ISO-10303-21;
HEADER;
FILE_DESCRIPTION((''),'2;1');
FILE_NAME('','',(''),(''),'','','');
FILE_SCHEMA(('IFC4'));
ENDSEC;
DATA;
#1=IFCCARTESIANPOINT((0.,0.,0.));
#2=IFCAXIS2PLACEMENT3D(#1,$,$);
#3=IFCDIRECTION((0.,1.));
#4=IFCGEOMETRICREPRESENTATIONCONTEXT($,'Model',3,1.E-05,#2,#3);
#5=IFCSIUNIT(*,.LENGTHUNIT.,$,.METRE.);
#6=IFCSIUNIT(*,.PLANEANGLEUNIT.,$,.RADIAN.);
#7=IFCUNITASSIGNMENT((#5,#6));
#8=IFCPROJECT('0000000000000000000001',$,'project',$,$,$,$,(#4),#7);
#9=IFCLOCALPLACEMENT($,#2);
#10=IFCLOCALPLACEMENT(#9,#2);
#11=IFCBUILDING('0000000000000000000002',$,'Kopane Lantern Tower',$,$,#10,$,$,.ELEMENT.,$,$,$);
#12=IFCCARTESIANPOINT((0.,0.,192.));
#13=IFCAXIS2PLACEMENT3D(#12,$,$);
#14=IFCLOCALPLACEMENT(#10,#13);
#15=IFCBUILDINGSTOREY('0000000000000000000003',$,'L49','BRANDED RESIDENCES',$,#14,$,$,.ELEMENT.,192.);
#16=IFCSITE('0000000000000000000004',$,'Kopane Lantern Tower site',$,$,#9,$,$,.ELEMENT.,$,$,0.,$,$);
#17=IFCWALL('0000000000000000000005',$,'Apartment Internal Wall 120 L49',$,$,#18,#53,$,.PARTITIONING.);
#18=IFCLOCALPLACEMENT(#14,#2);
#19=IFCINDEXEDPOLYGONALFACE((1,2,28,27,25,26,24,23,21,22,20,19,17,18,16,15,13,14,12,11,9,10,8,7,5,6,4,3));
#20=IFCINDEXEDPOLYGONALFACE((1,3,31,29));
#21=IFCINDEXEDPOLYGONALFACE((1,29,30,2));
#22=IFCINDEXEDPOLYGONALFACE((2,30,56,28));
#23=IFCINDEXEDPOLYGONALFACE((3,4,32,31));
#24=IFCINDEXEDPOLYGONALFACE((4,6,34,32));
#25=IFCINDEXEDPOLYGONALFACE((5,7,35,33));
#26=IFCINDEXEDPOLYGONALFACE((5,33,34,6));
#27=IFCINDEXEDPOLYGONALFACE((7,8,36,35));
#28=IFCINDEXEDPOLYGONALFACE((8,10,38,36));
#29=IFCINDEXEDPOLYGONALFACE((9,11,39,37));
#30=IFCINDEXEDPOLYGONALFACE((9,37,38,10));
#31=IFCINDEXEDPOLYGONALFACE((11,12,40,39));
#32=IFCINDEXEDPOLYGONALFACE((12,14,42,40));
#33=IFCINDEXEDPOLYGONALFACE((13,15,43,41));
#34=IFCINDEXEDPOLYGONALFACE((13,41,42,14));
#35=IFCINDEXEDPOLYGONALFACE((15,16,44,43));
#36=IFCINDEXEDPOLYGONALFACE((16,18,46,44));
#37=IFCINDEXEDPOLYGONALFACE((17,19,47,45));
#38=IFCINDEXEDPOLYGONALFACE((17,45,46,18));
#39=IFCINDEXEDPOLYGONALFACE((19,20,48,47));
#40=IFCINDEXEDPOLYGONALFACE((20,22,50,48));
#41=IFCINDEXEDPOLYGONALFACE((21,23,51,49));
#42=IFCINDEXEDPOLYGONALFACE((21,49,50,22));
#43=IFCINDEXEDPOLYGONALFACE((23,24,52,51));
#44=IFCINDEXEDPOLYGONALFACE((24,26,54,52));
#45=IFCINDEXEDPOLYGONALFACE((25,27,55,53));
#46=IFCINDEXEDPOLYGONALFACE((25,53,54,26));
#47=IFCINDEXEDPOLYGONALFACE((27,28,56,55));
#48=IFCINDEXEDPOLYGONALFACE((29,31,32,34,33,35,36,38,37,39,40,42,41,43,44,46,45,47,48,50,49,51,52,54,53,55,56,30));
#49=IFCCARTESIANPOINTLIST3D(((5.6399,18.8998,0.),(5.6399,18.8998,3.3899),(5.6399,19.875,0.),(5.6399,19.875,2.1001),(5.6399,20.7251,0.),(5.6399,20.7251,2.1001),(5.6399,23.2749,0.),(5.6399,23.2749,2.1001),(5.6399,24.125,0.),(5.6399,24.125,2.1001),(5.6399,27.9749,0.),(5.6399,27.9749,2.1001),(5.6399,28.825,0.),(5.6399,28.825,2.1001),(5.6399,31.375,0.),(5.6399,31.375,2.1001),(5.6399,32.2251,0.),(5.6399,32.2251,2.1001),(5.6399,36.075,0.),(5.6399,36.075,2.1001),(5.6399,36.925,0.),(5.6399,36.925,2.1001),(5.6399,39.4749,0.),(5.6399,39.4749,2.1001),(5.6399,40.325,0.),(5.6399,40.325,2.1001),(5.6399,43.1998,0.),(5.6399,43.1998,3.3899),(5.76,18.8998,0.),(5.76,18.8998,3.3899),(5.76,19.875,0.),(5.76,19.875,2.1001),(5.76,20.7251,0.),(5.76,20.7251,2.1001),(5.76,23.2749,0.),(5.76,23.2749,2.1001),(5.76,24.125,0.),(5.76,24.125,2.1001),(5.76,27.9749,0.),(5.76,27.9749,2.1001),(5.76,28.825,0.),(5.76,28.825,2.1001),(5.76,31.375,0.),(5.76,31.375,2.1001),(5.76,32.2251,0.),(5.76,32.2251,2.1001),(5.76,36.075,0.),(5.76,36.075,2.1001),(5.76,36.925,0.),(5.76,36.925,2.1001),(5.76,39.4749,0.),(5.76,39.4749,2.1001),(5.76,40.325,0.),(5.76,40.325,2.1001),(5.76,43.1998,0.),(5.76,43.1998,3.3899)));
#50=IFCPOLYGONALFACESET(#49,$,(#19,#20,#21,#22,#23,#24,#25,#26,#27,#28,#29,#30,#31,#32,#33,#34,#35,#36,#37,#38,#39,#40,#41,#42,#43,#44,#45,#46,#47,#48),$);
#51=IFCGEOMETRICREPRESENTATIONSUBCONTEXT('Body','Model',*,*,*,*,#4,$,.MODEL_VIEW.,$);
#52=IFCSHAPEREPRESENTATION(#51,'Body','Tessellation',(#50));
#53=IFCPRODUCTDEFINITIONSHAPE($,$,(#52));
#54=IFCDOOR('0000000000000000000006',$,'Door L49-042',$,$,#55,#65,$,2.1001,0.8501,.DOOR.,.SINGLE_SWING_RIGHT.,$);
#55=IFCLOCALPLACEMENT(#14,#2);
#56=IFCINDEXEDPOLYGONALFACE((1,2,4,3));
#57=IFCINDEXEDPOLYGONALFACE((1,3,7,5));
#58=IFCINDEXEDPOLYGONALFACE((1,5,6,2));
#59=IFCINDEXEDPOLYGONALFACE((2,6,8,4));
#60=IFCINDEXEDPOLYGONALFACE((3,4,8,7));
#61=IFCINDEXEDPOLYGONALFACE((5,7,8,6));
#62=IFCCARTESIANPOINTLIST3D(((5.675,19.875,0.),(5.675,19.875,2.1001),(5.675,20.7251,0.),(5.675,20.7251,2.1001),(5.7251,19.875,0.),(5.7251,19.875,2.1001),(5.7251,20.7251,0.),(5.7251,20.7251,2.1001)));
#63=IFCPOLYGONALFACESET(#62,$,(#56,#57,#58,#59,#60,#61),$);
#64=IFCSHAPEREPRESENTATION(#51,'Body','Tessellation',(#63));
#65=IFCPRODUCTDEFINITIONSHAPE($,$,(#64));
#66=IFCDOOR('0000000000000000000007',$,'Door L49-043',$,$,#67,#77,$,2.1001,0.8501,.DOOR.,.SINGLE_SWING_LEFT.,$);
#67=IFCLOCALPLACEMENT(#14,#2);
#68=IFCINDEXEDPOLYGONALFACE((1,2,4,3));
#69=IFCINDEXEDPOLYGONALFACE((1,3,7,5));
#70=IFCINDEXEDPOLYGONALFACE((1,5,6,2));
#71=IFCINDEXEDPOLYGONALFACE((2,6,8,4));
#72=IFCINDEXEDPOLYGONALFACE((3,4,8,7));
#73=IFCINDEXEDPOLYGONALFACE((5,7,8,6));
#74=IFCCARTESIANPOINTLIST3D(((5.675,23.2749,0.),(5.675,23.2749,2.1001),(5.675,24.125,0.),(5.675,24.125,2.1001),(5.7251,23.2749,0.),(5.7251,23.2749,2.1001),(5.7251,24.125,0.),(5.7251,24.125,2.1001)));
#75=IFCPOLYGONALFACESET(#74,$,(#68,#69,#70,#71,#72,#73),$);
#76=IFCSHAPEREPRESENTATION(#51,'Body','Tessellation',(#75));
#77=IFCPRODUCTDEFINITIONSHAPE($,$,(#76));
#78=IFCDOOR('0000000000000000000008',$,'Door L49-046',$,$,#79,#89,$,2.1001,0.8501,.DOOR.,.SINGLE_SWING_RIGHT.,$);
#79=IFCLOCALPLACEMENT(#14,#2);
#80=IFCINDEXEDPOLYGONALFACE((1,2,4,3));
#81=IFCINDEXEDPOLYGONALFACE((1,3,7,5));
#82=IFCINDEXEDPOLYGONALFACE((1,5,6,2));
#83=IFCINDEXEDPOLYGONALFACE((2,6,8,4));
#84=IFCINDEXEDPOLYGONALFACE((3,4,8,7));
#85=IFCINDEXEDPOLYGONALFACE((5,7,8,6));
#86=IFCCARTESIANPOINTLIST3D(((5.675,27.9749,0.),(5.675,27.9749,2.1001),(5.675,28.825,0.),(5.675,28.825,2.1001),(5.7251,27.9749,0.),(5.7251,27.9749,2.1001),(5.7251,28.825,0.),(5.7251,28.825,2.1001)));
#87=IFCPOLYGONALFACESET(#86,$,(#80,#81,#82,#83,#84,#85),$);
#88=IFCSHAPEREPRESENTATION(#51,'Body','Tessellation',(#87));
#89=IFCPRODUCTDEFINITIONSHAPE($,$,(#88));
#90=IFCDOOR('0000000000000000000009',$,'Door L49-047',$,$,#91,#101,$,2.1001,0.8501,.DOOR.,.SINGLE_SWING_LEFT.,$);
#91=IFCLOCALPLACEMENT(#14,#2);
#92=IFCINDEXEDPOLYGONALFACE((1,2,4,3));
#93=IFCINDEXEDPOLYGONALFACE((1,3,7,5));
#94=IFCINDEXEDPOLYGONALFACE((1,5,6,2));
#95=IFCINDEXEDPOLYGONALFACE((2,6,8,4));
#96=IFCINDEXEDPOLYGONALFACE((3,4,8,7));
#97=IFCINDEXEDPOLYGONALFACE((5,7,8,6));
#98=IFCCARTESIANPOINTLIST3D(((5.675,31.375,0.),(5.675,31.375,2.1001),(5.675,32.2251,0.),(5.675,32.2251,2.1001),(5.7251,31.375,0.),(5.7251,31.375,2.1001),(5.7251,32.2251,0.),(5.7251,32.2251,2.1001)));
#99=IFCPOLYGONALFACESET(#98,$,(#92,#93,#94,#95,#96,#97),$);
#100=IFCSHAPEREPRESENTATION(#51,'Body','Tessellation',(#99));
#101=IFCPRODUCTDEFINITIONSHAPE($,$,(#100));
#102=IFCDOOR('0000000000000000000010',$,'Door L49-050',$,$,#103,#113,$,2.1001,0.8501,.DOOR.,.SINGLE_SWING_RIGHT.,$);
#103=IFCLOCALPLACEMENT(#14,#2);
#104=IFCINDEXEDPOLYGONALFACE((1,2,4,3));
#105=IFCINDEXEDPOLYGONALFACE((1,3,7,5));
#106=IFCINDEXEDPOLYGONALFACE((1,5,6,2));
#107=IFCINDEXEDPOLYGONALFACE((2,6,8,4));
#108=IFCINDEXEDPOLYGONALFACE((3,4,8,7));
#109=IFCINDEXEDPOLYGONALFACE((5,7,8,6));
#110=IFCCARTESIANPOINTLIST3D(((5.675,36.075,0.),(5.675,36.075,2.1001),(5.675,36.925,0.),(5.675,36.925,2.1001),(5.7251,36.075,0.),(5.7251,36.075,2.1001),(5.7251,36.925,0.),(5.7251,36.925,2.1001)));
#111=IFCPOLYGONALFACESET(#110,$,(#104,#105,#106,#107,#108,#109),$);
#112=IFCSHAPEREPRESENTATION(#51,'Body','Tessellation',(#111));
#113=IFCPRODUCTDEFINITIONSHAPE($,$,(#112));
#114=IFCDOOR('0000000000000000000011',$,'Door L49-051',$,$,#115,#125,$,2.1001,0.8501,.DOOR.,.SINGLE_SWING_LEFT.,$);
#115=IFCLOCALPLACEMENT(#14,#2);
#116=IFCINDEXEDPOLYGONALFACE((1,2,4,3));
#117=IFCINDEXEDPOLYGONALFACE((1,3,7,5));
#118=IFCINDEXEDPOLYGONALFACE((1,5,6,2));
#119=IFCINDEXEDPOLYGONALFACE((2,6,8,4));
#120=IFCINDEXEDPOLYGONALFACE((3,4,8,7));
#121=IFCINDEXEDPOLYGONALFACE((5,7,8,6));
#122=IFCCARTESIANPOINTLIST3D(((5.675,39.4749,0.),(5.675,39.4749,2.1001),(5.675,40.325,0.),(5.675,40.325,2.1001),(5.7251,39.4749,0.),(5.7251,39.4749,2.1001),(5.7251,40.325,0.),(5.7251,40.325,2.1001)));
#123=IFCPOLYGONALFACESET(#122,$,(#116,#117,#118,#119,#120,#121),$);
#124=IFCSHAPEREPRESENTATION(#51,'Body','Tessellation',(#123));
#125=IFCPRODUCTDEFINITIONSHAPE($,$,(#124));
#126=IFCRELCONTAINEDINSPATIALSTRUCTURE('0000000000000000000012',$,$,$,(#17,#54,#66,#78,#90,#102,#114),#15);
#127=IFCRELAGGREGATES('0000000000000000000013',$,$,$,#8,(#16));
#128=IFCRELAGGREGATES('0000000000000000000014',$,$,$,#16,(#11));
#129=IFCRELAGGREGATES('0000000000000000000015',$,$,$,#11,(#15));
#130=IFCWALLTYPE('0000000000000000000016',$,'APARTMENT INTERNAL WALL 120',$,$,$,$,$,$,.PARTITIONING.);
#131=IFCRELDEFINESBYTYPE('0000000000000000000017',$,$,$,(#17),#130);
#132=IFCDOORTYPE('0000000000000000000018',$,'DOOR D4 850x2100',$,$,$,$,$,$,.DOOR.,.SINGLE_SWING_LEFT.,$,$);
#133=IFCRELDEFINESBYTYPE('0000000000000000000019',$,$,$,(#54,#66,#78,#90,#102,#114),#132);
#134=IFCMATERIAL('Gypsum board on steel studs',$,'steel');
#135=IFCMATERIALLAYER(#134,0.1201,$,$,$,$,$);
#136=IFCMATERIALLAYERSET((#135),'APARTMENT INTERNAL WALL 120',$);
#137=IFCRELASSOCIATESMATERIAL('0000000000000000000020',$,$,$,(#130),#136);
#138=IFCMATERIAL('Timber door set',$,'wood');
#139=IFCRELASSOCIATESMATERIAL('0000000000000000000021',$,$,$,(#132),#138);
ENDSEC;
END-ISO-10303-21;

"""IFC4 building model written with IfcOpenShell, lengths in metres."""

from ifc_helpers import new_model, si_unit, direction, frame, frame_2d, origin, place, context, subcontext, project, spatial, rectangle, extrude, material, layer, layer_set, type_object, element, fill, save


model = new_model("IFC4")

# Units and contexts
model_context = context("Model", 3, precision=1e-05, world=origin(), true_north=direction((0.0, 1.0)))
body_context = subcontext(model_context, "Body", "Model", "MODEL_VIEW")
ifc_project = project(units=[si_unit("LENGTHUNIT", "METRE"), si_unit("PLANEANGLEUNIT", "RADIAN")], contexts=[model_context])

# Site, building, storey
site_placement = place(None, origin())
site = spatial("IfcSite", under=ifc_project, at=site_placement, Name="Kopane Lantern Tower site", CompositionType="ELEMENT", RefElevation=0.0)
building_placement = place(site_placement, origin())
building = spatial("IfcBuilding", under=site, at=building_placement, Name="Kopane Lantern Tower", CompositionType="ELEMENT")
storey_placement = place(building_placement, frame((0.0, 0.0, 192.0)))
storey = spatial("IfcBuildingStorey", under=building, at=storey_placement, Name="L49", Description="BRANDED RESIDENCES", CompositionType="ELEMENT", Elevation=192.0)

# Wall, openings, doors
ifc_material_1 = material(Name="Gypsum board on steel studs", Category="steel")
ifc_layer_1 = layer(ifc_material_1, 0.1201)
ifc_layer_set_1 = layer_set([ifc_layer_1], Name="APARTMENT INTERNAL WALL 120")
wall_type_1 = type_object("IfcWallType", Name="APARTMENT INTERNAL WALL 120", PredefinedType="PARTITIONING", material=ifc_layer_set_1)
wall_1_placement = place(storey_placement, frame((5.7, 18.8999, 0.0), z_axis=(0.0, 0.0, 1.0), x_axis=(0.0, 1.0, 0.0)))
wall_1 = element("IfcWall", 1, at=wall_1_placement, inside=storey, type_object=wall_type_1, Name="Apartment Internal Wall 120 L49", PredefinedType="PARTITIONING", context=body_context, shape_type="SweptSolid", body=[
    extrude(rectangle(XDim=24.3, YDim=0.1201, at=frame_2d((12.1499, 0.0))), origin(), (0.0, 0.0, 1.0), 3.3899),
])
opening_1_placement = place(wall_1_placement, frame((0.9751, 0.0, 0.0)))
opening_1 = element("IfcOpeningElement", 2, at=opening_1_placement, cuts=wall_1, PredefinedType="OPENING", context=body_context, shape_type="SweptSolid", body=[
    extrude(rectangle(XDim=0.8501, YDim=2.1001, at=frame_2d((0.425, 1.05))), frame((0.0, 0.0701, 0.0), z_axis=(0.0, -1.0, 0.0), x_axis=(1.0, 0.0, 0.0)), (0.0, 0.0, 1.0), 0.1401),
])
opening_2_placement = place(wall_1_placement, frame((4.375, 0.0, 0.0)))
opening_2 = element("IfcOpeningElement", 3, at=opening_2_placement, cuts=wall_1, PredefinedType="OPENING", context=body_context, shape_type="SweptSolid", body=[
    extrude(rectangle(XDim=0.8501, YDim=2.1001, at=frame_2d((0.425, 1.05))), frame((0.0, 0.0701, 0.0), z_axis=(0.0, -1.0, 0.0), x_axis=(1.0, 0.0, 0.0)), (0.0, 0.0, 1.0), 0.1401),
])
opening_3_placement = place(wall_1_placement, frame((9.075, 0.0, 0.0)))
opening_3 = element("IfcOpeningElement", 4, at=opening_3_placement, cuts=wall_1, PredefinedType="OPENING", context=body_context, shape_type="SweptSolid", body=[
    extrude(rectangle(XDim=0.8501, YDim=2.1001, at=frame_2d((0.425, 1.05))), frame((0.0, 0.0701, 0.0), z_axis=(0.0, -1.0, 0.0), x_axis=(1.0, 0.0, 0.0)), (0.0, 0.0, 1.0), 0.1401),
])
opening_4_placement = place(wall_1_placement, frame((12.4751, 0.0, 0.0)))
opening_4 = element("IfcOpeningElement", 5, at=opening_4_placement, cuts=wall_1, PredefinedType="OPENING", context=body_context, shape_type="SweptSolid", body=[
    extrude(rectangle(XDim=0.8501, YDim=2.1001, at=frame_2d((0.425, 1.05))), frame((0.0, 0.0701, 0.0), z_axis=(0.0, -1.0, 0.0), x_axis=(1.0, 0.0, 0.0)), (0.0, 0.0, 1.0), 0.1401),
])
opening_5_placement = place(wall_1_placement, frame((17.175, 0.0, 0.0)))
opening_5 = element("IfcOpeningElement", 6, at=opening_5_placement, cuts=wall_1, PredefinedType="OPENING", context=body_context, shape_type="SweptSolid", body=[
    extrude(rectangle(XDim=0.8501, YDim=2.1001, at=frame_2d((0.425, 1.05))), frame((0.0, 0.0701, 0.0), z_axis=(0.0, -1.0, 0.0), x_axis=(1.0, 0.0, 0.0)), (0.0, 0.0, 1.0), 0.1401),
])
opening_6_placement = place(wall_1_placement, frame((20.575, 0.0, 0.0)))
opening_6 = element("IfcOpeningElement", 7, at=opening_6_placement, cuts=wall_1, PredefinedType="OPENING", context=body_context, shape_type="SweptSolid", body=[
    extrude(rectangle(XDim=0.8501, YDim=2.1001, at=frame_2d((0.425, 1.05))), frame((0.0, 0.0701, 0.0), z_axis=(0.0, -1.0, 0.0), x_axis=(1.0, 0.0, 0.0)), (0.0, 0.0, 1.0), 0.1401),
])
ifc_material_2 = material(Name="Timber door set", Category="wood")
door_type = type_object("IfcDoorType", Name="DOOR D4 850x2100", OperationType="SINGLE_SWING_LEFT", PredefinedType="DOOR", material=ifc_material_2)
door_1_placement = place(opening_1_placement, origin())
door_1 = element("IfcDoor", 8, at=door_1_placement, inside=storey, type_object=door_type, Name="Door L49-042", OperationType="SINGLE_SWING_RIGHT", OverallHeight=2.1001, OverallWidth=0.8501, PredefinedType="DOOR", context=body_context, shape_type="SweptSolid", body=[
    extrude(rectangle(XDim=0.8501, YDim=2.1001, at=frame_2d((0.425, 1.05))), frame((0.0, 0.0249, 0.0), z_axis=(0.0, -1.0, 0.0), x_axis=(1.0, 0.0, 0.0)), (0.0, 0.0, 1.0), 0.05),
])
fill(opening_1, door_1)
door_2_placement = place(opening_2_placement, origin())
door_2 = element("IfcDoor", 9, at=door_2_placement, inside=storey, type_object=door_type, Name="Door L49-043", OperationType="SINGLE_SWING_LEFT", OverallHeight=2.1001, OverallWidth=0.8501, PredefinedType="DOOR", context=body_context, shape_type="SweptSolid", body=[
    extrude(rectangle(XDim=0.8501, YDim=2.1001, at=frame_2d((0.425, 1.05))), frame((0.0, 0.0249, 0.0), z_axis=(0.0, -1.0, 0.0), x_axis=(1.0, 0.0, 0.0)), (0.0, 0.0, 1.0), 0.05),
])
fill(opening_2, door_2)
door_3_placement = place(opening_3_placement, origin())
door_3 = element("IfcDoor", 10, at=door_3_placement, inside=storey, type_object=door_type, Name="Door L49-046", OperationType="SINGLE_SWING_RIGHT", OverallHeight=2.1001, OverallWidth=0.8501, PredefinedType="DOOR", context=body_context, shape_type="SweptSolid", body=[
    extrude(rectangle(XDim=0.8501, YDim=2.1001, at=frame_2d((0.425, 1.05))), frame((0.0, 0.0249, 0.0), z_axis=(0.0, -1.0, 0.0), x_axis=(1.0, 0.0, 0.0)), (0.0, 0.0, 1.0), 0.05),
])
fill(opening_3, door_3)
door_4_placement = place(opening_4_placement, origin())
door_4 = element("IfcDoor", 11, at=door_4_placement, inside=storey, type_object=door_type, Name="Door L49-047", OperationType="SINGLE_SWING_LEFT", OverallHeight=2.1001, OverallWidth=0.8501, PredefinedType="DOOR", context=body_context, shape_type="SweptSolid", body=[
    extrude(rectangle(XDim=0.8501, YDim=2.1001, at=frame_2d((0.425, 1.05))), frame((0.0, 0.0249, 0.0), z_axis=(0.0, -1.0, 0.0), x_axis=(1.0, 0.0, 0.0)), (0.0, 0.0, 1.0), 0.05),
])
fill(opening_4, door_4)
door_5_placement = place(opening_5_placement, origin())
door_5 = element("IfcDoor", 12, at=door_5_placement, inside=storey, type_object=door_type, Name="Door L49-050", OperationType="SINGLE_SWING_RIGHT", OverallHeight=2.1001, OverallWidth=0.8501, PredefinedType="DOOR", context=body_context, shape_type="SweptSolid", body=[
    extrude(rectangle(XDim=0.8501, YDim=2.1001, at=frame_2d((0.425, 1.05))), frame((0.0, 0.0249, 0.0), z_axis=(0.0, -1.0, 0.0), x_axis=(1.0, 0.0, 0.0)), (0.0, 0.0, 1.0), 0.05),
])
fill(opening_5, door_5)
door_6_placement = place(opening_6_placement, origin())
door_6 = element("IfcDoor", 13, at=door_6_placement, inside=storey, type_object=door_type, Name="Door L49-051", OperationType="SINGLE_SWING_LEFT", OverallHeight=2.1001, OverallWidth=0.8501, PredefinedType="DOOR", context=body_context, shape_type="SweptSolid", body=[
    extrude(rectangle(XDim=0.8501, YDim=2.1001, at=frame_2d((0.425, 1.05))), frame((0.0, 0.0249, 0.0), z_axis=(0.0, -1.0, 0.0), x_axis=(1.0, 0.0, 0.0)), (0.0, 0.0, 1.0), 0.05),
])
fill(opening_6, door_6)

save(model, "model.ifc")
